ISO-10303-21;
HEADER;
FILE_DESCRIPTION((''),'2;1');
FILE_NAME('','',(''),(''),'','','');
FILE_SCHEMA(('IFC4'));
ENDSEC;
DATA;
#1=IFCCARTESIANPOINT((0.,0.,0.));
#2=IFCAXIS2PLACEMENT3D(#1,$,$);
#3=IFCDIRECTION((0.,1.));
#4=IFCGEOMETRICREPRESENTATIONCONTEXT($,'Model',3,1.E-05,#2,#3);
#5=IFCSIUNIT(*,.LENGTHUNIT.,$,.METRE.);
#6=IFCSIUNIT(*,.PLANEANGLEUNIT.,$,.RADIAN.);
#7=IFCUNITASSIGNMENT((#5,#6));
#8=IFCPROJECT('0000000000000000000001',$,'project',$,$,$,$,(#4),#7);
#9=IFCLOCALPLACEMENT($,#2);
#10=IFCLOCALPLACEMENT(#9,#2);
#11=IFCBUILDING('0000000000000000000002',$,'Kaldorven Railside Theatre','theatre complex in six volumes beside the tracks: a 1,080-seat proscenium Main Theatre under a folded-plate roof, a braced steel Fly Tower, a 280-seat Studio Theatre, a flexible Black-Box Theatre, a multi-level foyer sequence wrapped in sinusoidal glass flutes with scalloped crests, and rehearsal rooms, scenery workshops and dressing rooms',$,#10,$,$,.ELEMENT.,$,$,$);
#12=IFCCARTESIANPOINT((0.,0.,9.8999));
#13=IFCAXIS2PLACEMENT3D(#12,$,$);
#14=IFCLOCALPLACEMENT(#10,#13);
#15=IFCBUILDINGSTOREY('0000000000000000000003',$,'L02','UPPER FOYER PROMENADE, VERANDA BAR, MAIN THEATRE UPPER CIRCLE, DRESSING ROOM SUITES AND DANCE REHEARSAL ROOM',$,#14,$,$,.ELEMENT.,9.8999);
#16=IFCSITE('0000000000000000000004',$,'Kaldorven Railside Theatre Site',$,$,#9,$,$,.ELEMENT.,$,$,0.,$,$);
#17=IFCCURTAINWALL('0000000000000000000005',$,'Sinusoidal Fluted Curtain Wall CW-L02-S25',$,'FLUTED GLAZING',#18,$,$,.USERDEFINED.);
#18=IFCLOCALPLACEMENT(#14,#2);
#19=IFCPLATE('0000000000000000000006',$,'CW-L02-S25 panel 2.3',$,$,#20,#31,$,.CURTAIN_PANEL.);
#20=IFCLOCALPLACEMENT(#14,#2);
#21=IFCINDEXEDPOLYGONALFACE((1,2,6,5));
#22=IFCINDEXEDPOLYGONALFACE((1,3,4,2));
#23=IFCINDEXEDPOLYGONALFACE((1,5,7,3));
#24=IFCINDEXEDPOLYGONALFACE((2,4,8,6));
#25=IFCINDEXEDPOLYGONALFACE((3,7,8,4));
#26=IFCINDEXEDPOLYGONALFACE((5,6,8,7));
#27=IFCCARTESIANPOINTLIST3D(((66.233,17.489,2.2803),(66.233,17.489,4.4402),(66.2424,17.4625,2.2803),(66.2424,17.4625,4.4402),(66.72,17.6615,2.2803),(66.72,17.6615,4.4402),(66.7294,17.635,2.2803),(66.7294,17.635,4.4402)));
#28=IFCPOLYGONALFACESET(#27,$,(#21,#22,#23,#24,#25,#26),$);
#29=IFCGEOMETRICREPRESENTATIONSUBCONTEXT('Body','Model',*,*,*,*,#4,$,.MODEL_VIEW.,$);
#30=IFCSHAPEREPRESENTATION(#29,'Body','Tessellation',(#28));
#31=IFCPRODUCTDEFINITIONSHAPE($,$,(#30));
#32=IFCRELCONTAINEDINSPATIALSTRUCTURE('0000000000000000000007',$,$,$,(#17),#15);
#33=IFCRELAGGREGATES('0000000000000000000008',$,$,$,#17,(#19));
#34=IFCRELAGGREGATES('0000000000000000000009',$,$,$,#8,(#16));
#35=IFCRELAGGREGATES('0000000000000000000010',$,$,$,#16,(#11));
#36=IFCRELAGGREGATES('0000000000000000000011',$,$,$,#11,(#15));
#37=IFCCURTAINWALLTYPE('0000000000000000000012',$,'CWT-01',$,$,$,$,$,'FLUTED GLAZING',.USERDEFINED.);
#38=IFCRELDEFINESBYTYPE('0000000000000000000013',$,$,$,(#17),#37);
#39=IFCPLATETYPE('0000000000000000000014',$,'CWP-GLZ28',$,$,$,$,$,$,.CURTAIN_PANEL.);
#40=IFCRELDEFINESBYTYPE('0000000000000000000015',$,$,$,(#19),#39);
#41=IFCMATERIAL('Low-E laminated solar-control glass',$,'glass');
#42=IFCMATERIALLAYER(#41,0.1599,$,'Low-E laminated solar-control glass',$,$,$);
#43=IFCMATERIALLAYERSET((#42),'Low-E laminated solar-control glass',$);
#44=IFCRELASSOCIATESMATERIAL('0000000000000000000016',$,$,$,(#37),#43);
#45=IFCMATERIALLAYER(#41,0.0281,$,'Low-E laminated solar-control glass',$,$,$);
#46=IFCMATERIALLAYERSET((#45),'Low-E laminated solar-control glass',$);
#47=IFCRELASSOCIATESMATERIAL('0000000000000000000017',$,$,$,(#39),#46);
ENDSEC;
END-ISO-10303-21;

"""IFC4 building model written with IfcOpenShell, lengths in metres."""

from ifc_helpers import new_model, si_unit, direction, frame, origin, origin_2d, place, context, subcontext, project, spatial, rectangle, extrude, material, layer, layer_set, type_object, element, aggregate, save


model = new_model("IFC4")

# Units and contexts
model_context = context("Model", 3, precision=1e-05, world=origin(), true_north=direction((0.0, 1.0)))
body_context = subcontext(model_context, "Body", "Model", "MODEL_VIEW")
ifc_project = project(units=[si_unit("LENGTHUNIT", "METRE"), si_unit("PLANEANGLEUNIT", "RADIAN")], contexts=[model_context])

# Site, building, storey
site_placement = place(None, origin())
site = spatial("IfcSite", under=ifc_project, at=site_placement, Name="Kaldorven Railside Theatre Site", CompositionType="ELEMENT", RefElevation=0.0)
building_placement = place(site_placement, origin())
building = spatial("IfcBuilding", under=site, at=building_placement, Name="Kaldorven Railside Theatre", Description="theatre complex in six volumes beside the tracks: a 1,080-seat proscenium Main Theatre under a folded-plate roof, a braced steel Fly Tower, a 280-seat Studio Theatre, a flexible Black-Box Theatre, a multi-level foyer sequence wrapped in sinusoidal glass flutes with scalloped crests, and rehearsal rooms, scenery workshops and dressing rooms", CompositionType="ELEMENT")
storey_placement = place(building_placement, frame((0.0, 0.0, 9.8999)))
storey = spatial("IfcBuildingStorey", under=building, at=storey_placement, Name="L02", Description="UPPER FOYER PROMENADE, VERANDA BAR, MAIN THEATRE UPPER CIRCLE, DRESSING ROOM SUITES AND DANCE REHEARSAL ROOM", CompositionType="ELEMENT", Elevation=9.8999)

# Shared definitions
ifc_material_1 = material(Name="Low-E laminated solar-control glass", Category="glass")
ifc_layer_1 = layer(ifc_material_1, 0.1599, Name="Low-E laminated solar-control glass")
ifc_layer_set_1 = layer_set([ifc_layer_1], Name="Low-E laminated solar-control glass")
curtain_wall_type_1 = type_object("IfcCurtainWallType", Name="CWT-01", ElementType="FLUTED GLAZING", PredefinedType="USERDEFINED", material=ifc_layer_set_1)

# Curtain wall
curtain_wall_1_placement = place(storey_placement, origin())
curtain_wall_1 = element("IfcCurtainWall", 1, at=curtain_wall_1_placement, inside=storey, type_object=curtain_wall_type_1, Name="Sinusoidal Fluted Curtain Wall CW-L02-S25", ObjectType="FLUTED GLAZING", PredefinedType="USERDEFINED")

# Plate
ifc_layer_2 = layer(ifc_material_1, 0.0281, Name="Low-E laminated solar-control glass")
ifc_layer_set_2 = layer_set([ifc_layer_2], Name="Low-E laminated solar-control glass")
plate_type = type_object("IfcPlateType", Name="CWP-GLZ28", PredefinedType="CURTAIN_PANEL", material=ifc_layer_set_2)
plate_1_placement = place(storey_placement, frame((66.4812, 17.562, 2.2803), z_axis=(0.0, 0.0, 1.0), x_axis=(0.942627, 0.333847, 0.0)))
plate_1 = element("IfcPlate", 2, at=plate_1_placement, type_object=plate_type, Name="CW-L02-S25 panel 2.3", PredefinedType="CURTAIN_PANEL", context=body_context, shape_type="SweptSolid", body=[
    extrude(rectangle(XDim=0.5166, YDim=0.0281, at=origin_2d()), origin(), (0.0, 0.0, 1.0), 2.1599),
])
aggregate(curtain_wall_1, [plate_1])

save(model, "model.ifc")
